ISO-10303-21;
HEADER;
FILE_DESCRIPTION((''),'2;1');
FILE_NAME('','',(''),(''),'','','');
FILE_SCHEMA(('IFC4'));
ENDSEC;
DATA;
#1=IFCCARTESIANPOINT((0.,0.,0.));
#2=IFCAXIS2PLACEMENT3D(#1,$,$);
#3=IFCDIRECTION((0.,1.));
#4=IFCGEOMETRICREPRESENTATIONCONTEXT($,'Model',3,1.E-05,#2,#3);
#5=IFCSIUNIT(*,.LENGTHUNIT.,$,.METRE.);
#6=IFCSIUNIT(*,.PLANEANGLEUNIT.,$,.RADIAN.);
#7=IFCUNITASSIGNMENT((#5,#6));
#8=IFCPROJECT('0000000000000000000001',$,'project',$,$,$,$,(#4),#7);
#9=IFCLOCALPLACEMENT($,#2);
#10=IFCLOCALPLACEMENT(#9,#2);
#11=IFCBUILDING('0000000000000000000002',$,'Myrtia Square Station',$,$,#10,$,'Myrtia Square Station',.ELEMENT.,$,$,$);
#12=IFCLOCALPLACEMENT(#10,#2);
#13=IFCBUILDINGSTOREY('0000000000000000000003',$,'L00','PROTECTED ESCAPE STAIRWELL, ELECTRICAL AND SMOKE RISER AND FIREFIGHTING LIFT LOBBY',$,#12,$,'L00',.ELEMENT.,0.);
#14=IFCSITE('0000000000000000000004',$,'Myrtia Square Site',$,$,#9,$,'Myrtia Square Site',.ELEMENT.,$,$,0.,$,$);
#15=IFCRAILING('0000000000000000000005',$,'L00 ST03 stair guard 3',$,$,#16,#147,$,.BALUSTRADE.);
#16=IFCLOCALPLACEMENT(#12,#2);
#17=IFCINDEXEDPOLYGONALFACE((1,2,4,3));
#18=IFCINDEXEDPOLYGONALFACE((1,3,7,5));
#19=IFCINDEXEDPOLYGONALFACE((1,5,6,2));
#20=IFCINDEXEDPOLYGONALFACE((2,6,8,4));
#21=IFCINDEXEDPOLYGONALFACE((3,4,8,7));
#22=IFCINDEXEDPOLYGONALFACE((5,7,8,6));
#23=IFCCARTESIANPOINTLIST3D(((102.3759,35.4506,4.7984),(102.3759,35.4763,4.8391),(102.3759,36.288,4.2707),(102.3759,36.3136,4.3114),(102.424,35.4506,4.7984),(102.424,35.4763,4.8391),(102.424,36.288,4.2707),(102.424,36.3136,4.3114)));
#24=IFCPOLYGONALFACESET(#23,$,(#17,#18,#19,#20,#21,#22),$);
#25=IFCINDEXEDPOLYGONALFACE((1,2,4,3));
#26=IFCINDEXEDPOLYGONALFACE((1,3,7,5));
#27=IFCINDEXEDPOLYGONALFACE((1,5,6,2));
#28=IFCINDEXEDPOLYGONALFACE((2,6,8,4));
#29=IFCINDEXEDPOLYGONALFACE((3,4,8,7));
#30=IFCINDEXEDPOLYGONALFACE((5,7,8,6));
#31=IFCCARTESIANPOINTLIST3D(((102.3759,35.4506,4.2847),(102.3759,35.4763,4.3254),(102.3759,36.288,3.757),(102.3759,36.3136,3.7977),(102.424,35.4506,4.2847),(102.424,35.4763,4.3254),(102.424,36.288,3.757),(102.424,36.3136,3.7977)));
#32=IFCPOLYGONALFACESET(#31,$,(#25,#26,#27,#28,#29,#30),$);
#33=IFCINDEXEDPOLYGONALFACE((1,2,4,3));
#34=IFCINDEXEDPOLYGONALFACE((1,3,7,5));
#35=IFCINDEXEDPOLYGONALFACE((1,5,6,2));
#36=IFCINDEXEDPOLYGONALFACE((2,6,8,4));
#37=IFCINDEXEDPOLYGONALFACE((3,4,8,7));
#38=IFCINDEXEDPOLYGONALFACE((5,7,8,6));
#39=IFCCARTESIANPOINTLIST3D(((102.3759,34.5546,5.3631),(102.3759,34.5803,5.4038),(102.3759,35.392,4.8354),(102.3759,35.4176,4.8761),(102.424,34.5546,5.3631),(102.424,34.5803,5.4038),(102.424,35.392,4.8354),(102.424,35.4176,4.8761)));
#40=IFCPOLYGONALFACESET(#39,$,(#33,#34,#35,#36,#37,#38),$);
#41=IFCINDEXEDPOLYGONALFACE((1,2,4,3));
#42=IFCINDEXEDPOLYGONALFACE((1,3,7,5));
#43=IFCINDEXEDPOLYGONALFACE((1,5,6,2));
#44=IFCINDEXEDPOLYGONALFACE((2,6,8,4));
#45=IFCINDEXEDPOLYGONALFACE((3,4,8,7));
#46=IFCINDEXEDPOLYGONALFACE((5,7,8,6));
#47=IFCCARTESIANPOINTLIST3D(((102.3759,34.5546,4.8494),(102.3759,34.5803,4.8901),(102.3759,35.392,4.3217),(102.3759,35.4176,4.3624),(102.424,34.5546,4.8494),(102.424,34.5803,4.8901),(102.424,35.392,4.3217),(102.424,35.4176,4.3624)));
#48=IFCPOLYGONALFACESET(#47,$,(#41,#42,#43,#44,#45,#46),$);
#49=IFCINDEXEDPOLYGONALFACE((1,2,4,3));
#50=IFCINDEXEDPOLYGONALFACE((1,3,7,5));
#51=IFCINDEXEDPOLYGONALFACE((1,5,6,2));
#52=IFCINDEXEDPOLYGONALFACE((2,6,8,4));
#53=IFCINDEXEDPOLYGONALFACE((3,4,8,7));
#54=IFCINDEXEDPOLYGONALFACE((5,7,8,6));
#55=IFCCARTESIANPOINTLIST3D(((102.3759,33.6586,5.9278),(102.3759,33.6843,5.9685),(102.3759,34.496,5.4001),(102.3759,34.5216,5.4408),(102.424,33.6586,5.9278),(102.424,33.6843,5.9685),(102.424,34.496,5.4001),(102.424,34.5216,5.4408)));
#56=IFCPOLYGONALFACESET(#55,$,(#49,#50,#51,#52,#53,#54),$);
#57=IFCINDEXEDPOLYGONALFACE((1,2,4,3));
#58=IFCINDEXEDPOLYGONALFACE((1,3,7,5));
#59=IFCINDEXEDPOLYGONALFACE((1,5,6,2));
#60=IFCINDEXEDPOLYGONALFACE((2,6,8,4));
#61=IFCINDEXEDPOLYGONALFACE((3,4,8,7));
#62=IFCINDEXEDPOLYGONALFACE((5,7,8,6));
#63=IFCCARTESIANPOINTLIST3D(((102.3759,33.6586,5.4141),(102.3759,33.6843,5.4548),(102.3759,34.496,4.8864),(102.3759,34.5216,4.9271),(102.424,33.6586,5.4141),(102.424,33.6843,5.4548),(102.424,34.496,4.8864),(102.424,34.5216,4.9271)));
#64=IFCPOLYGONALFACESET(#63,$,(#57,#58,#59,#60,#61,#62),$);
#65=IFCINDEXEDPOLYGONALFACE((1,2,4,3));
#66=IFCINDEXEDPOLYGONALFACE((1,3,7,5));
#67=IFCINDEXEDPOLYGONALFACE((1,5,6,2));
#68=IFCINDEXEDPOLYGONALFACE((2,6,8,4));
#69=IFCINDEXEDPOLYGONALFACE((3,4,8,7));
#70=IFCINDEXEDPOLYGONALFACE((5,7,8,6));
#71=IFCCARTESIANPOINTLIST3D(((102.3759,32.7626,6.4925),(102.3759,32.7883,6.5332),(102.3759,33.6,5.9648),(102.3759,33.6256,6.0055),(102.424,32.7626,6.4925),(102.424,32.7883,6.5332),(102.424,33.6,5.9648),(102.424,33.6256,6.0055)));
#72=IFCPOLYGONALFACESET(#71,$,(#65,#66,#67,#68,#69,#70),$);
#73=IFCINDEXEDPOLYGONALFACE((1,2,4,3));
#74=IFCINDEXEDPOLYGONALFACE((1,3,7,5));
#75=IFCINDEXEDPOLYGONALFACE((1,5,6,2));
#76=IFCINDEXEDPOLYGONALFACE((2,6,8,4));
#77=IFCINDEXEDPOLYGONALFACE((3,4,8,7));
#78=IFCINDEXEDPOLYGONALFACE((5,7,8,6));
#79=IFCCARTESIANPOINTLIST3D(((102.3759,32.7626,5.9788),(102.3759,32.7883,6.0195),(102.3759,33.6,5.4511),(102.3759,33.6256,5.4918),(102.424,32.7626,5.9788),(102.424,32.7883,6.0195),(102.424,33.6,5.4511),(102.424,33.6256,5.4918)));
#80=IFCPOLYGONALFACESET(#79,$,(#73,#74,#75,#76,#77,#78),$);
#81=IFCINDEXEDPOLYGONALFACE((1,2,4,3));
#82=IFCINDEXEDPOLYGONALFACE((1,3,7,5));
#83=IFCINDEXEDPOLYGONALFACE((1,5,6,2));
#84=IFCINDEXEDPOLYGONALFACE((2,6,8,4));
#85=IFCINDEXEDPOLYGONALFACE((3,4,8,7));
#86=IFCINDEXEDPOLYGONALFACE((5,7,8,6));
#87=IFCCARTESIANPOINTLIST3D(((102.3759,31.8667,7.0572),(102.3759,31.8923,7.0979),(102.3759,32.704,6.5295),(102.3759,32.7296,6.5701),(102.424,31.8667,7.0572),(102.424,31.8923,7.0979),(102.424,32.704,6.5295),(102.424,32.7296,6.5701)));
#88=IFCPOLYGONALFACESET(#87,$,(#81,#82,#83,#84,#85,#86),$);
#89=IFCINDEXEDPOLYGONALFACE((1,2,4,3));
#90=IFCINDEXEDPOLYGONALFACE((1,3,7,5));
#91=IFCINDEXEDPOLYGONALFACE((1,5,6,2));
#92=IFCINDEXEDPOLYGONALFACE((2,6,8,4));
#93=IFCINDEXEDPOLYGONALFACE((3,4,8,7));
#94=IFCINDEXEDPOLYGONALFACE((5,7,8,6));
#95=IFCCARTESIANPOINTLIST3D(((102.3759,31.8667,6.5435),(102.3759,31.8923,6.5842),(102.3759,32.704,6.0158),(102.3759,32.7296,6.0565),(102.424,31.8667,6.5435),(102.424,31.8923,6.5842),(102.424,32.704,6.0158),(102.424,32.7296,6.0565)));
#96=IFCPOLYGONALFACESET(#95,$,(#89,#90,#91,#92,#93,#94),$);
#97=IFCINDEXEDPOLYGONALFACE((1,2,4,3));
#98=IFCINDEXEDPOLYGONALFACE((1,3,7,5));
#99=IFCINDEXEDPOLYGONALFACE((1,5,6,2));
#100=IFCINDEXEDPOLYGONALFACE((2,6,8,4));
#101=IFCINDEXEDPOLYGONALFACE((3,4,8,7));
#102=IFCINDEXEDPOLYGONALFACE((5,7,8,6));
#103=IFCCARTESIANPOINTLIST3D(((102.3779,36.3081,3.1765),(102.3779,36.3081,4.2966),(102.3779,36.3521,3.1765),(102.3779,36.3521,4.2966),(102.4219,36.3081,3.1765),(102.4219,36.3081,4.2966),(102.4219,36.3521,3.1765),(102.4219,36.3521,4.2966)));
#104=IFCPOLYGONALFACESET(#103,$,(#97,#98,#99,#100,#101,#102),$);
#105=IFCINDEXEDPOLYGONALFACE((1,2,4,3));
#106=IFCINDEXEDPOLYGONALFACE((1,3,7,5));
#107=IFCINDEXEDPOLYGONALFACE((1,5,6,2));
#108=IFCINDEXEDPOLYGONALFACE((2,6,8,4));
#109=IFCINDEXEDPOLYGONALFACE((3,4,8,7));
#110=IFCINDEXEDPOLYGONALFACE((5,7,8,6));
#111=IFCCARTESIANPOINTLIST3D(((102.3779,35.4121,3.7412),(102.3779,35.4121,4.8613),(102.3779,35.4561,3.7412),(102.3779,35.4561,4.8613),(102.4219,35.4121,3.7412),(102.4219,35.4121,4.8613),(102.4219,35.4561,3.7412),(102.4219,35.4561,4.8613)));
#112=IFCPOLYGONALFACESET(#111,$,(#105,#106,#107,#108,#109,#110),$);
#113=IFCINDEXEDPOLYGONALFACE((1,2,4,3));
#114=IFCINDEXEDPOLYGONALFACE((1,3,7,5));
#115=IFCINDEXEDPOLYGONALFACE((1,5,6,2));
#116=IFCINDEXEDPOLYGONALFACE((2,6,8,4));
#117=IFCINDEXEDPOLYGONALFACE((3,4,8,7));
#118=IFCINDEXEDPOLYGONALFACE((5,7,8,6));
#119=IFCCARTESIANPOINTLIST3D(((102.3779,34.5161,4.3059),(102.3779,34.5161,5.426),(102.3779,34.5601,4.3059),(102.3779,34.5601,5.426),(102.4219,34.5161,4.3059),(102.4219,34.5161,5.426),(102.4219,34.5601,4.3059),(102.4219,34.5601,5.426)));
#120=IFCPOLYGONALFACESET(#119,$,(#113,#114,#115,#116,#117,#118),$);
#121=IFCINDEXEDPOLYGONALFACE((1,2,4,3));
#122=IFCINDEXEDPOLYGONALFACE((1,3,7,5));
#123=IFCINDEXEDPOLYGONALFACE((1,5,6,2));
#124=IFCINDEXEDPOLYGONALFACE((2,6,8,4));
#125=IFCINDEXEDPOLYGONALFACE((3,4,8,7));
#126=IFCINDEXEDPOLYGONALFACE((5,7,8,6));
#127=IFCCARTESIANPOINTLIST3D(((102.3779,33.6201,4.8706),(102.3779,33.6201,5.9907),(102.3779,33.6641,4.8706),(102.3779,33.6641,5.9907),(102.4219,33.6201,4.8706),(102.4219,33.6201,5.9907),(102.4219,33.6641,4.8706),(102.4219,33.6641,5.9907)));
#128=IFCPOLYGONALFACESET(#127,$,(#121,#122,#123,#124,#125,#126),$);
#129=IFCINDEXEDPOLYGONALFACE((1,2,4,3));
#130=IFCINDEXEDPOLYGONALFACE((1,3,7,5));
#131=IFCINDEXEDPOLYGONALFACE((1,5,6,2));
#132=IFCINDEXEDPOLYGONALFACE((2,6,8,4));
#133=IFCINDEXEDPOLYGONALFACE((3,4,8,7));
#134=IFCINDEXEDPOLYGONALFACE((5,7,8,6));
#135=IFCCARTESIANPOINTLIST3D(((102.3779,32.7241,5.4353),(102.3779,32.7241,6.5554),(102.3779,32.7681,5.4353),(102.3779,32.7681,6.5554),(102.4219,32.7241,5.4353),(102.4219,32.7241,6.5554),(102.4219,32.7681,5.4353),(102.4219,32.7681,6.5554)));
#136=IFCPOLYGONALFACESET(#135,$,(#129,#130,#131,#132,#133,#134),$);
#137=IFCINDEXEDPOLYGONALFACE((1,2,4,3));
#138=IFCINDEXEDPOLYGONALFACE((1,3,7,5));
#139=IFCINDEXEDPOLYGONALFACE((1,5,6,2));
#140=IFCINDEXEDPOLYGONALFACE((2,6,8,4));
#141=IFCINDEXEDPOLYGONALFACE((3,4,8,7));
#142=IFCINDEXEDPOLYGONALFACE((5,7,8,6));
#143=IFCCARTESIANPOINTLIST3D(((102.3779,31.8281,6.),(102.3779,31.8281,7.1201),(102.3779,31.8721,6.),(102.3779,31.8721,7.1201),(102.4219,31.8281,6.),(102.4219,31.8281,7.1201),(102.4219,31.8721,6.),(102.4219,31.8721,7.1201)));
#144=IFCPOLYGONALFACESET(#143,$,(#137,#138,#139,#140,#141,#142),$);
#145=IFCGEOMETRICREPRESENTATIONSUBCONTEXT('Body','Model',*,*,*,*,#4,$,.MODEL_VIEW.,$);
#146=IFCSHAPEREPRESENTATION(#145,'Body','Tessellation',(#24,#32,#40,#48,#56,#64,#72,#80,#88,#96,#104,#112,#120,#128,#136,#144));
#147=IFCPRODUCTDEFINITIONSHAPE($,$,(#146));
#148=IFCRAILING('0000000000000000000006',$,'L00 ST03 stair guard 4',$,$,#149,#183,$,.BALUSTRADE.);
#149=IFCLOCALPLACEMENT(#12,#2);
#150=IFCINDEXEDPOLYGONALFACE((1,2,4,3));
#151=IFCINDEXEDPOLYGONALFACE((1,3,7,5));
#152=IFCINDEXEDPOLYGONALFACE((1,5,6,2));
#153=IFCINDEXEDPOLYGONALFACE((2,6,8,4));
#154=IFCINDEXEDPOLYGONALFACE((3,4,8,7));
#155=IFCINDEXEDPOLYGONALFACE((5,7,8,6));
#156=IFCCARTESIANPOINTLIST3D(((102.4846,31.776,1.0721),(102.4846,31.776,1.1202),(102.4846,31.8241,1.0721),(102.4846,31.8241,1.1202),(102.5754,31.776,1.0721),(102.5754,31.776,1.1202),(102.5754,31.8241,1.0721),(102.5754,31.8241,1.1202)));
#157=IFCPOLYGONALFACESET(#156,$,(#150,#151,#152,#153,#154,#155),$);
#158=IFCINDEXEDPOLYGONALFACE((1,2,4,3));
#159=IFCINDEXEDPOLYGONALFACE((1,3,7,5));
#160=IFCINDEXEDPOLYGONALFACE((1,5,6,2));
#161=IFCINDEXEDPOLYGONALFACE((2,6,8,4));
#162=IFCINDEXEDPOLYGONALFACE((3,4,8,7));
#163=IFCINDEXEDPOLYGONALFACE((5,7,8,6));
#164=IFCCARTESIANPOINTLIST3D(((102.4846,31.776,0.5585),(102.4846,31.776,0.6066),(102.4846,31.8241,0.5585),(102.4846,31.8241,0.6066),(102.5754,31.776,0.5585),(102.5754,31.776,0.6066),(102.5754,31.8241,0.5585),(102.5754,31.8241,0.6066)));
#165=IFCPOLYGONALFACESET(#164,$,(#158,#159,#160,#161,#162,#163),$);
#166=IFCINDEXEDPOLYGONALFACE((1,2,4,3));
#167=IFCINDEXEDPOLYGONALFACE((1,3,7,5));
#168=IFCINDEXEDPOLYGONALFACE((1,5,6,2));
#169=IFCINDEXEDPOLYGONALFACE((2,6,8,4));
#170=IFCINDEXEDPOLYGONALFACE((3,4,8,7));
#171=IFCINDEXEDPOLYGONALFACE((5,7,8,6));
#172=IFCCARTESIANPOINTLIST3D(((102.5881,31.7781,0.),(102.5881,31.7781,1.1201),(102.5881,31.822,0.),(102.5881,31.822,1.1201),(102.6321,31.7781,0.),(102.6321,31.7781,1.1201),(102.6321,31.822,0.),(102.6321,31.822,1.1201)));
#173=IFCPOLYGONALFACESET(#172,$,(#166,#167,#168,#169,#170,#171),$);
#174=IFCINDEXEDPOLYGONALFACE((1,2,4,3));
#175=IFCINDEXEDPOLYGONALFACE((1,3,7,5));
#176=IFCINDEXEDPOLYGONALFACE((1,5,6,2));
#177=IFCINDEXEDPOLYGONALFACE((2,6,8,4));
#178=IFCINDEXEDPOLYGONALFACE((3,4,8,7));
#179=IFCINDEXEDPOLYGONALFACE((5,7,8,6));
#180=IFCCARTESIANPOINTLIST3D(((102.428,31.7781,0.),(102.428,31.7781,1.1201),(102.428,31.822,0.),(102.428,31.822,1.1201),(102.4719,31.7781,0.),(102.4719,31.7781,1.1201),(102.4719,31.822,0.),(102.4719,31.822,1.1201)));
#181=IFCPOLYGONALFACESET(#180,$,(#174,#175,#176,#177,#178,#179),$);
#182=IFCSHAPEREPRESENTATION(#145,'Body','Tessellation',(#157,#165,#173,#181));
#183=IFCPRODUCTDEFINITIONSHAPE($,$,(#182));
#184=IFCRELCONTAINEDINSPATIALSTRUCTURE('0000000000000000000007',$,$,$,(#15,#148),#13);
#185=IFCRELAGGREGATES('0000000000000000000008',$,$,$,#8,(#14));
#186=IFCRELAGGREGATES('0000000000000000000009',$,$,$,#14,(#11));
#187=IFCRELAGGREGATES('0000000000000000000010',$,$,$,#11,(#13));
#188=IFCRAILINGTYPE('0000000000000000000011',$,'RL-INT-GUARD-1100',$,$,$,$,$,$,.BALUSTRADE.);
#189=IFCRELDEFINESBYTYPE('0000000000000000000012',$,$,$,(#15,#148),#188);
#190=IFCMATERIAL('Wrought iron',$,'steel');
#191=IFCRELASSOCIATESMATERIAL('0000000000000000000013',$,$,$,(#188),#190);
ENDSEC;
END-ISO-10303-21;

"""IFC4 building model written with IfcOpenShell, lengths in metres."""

from ifc_helpers import new_model, si_unit, direction, frame, origin, origin_2d, place, context, subcontext, project, spatial, rectangle, extrude, material, type_object, element, save


model = new_model("IFC4")

# Units and contexts
model_context = context("Model", 3, precision=1e-05, world=origin(), true_north=direction((0.0, 1.0)))
body_context = subcontext(model_context, "Body", "Model", "MODEL_VIEW")
ifc_project = project(units=[si_unit("LENGTHUNIT", "METRE"), si_unit("PLANEANGLEUNIT", "RADIAN")], contexts=[model_context])

# Site, building, storey
site_placement = place(None, origin())
site = spatial("IfcSite", under=ifc_project, at=site_placement, Name="Myrtia Square Site", LongName="Myrtia Square Site", CompositionType="ELEMENT", RefElevation=0.0)
building_placement = place(site_placement, origin())
building = spatial("IfcBuilding", under=site, at=building_placement, Name="Myrtia Square Station", LongName="Myrtia Square Station", CompositionType="ELEMENT")
storey_placement = place(building_placement, origin())
storey = spatial("IfcBuildingStorey", under=building, at=storey_placement, Name="L00", Description="PROTECTED ESCAPE STAIRWELL, ELECTRICAL AND SMOKE RISER AND FIREFIGHTING LIFT LOBBY", LongName="L00", CompositionType="ELEMENT", Elevation=0.0)

# Railings
ifc_material_1 = material(Name="Wrought iron", Category="steel")
railing_type_1 = type_object("IfcRailingType", Name="RL-INT-GUARD-1100", PredefinedType="BALUSTRADE", material=ifc_material_1)
railing_1_placement = place(storey_placement, frame((102.3999, 36.3301, 3.1765)))
element("IfcRailing", 1, at=railing_1_placement, inside=storey, type_object=railing_type_1, Name="L00 ST03 stair guard 3", PredefinedType="BALUSTRADE", context=body_context, shape_type="SweptSolid", body=[
    extrude(rectangle(XDim=0.0481, YDim=0.0481, at=origin_2d()), frame((0.0, -0.0293, 1.1145), z_axis=(0.0, -0.845998, 0.533186), x_axis=(1.0, 0.0, 0.0)), (0.0, 0.0, 1.0), 0.9897),
    extrude(rectangle(XDim=0.0481, YDim=0.0481, at=origin_2d()), frame((0.0, -0.0293, 0.6008), z_axis=(0.0, -0.845998, 0.533186), x_axis=(1.0, 0.0, 0.0)), (0.0, 0.0, 1.0), 0.9897),
    extrude(rectangle(XDim=0.0481, YDim=0.0481, at=origin_2d()), frame((0.0, -0.9253, 1.6792), z_axis=(0.0, -0.845998, 0.533186), x_axis=(1.0, 0.0, 0.0)), (0.0, 0.0, 1.0), 0.9897),
    extrude(rectangle(XDim=0.0481, YDim=0.0481, at=origin_2d()), frame((0.0, -0.9253, 1.1655), z_axis=(0.0, -0.845998, 0.533186), x_axis=(1.0, 0.0, 0.0)), (0.0, 0.0, 1.0), 0.9897),
    extrude(rectangle(XDim=0.0481, YDim=0.0481, at=origin_2d()), frame((0.0, -1.8213, 2.2439), z_axis=(0.0, -0.845998, 0.533186), x_axis=(1.0, 0.0, 0.0)), (0.0, 0.0, 1.0), 0.9897),
    extrude(rectangle(XDim=0.0481, YDim=0.0481, at=origin_2d()), frame((0.0, -1.8213, 1.7302), z_axis=(0.0, -0.845998, 0.533186), x_axis=(1.0, 0.0, 0.0)), (0.0, 0.0, 1.0), 0.9897),
    extrude(rectangle(XDim=0.0481, YDim=0.0481, at=origin_2d()), frame((0.0, -2.7173, 2.8086), z_axis=(0.0, -0.845998, 0.533186), x_axis=(1.0, 0.0, 0.0)), (0.0, 0.0, 1.0), 0.9897),
    extrude(rectangle(XDim=0.0481, YDim=0.0481, at=origin_2d()), frame((0.0, -2.7173, 2.2949), z_axis=(0.0, -0.845998, 0.533186), x_axis=(1.0, 0.0, 0.0)), (0.0, 0.0, 1.0), 0.9897),
    extrude(rectangle(XDim=0.0481, YDim=0.0481, at=origin_2d()), frame((0.0, -3.6133, 3.3733), z_axis=(0.0, -0.845998, 0.533186), x_axis=(1.0, 0.0, 0.0)), (0.0, 0.0, 1.0), 0.9897),
    extrude(rectangle(XDim=0.0481, YDim=0.0481, at=origin_2d()), frame((0.0, -3.6133, 2.8596), z_axis=(0.0, -0.845998, 0.533186), x_axis=(1.0, 0.0, 0.0)), (0.0, 0.0, 1.0), 0.9897),
    extrude(rectangle(XDim=0.0439, YDim=0.0439, at=origin_2d()), origin(), (0.0, 0.0, 1.0), 1.1201),
    extrude(rectangle(XDim=0.0439, YDim=0.0439, at=origin_2d()), frame((0.0, -0.896, 0.5647)), (0.0, 0.0, 1.0), 1.1201),
    extrude(rectangle(XDim=0.0439, YDim=0.0439, at=origin_2d()), frame((0.0, -1.792, 1.1294)), (0.0, 0.0, 1.0), 1.1201),
    extrude(rectangle(XDim=0.0439, YDim=0.0439, at=origin_2d()), frame((0.0, -2.688, 1.6941)), (0.0, 0.0, 1.0), 1.1201),
    extrude(rectangle(XDim=0.0439, YDim=0.0439, at=origin_2d()), frame((0.0, -3.584, 2.2588)), (0.0, 0.0, 1.0), 1.1201),
    extrude(rectangle(XDim=0.0439, YDim=0.0439, at=origin_2d()), frame((0.0, -4.48, 2.8235)), (0.0, 0.0, 1.0), 1.1201),
])
railing_2_placement = place(storey_placement, frame((102.6101, 31.8, 0.0)))
element("IfcRailing", 2, at=railing_2_placement, inside=storey, type_object=railing_type_1, Name="L00 ST03 stair guard 4", PredefinedType="BALUSTRADE", context=body_context, shape_type="SweptSolid", body=[
    extrude(rectangle(XDim=0.0481, YDim=0.0481, at=origin_2d()), frame((-0.0347, 0.0, 1.0962), z_axis=(-1.0, 0.0, 0.0), x_axis=(0.0, -1.0, 0.0)), (0.0, 0.0, 1.0), 0.0908),
    extrude(rectangle(XDim=0.0481, YDim=0.0481, at=origin_2d()), frame((-0.0347, 0.0, 0.5825), z_axis=(-1.0, 0.0, 0.0), x_axis=(0.0, -1.0, 0.0)), (0.0, 0.0, 1.0), 0.0908),
    extrude(rectangle(XDim=0.0439, YDim=0.0439, at=origin_2d()), origin(), (0.0, 0.0, 1.0), 1.1201),
    extrude(rectangle(XDim=0.0439, YDim=0.0439, at=origin_2d()), frame((-0.1602, 0.0, 0.0)), (0.0, 0.0, 1.0), 1.1201),
])

save(model, "model.ifc")
